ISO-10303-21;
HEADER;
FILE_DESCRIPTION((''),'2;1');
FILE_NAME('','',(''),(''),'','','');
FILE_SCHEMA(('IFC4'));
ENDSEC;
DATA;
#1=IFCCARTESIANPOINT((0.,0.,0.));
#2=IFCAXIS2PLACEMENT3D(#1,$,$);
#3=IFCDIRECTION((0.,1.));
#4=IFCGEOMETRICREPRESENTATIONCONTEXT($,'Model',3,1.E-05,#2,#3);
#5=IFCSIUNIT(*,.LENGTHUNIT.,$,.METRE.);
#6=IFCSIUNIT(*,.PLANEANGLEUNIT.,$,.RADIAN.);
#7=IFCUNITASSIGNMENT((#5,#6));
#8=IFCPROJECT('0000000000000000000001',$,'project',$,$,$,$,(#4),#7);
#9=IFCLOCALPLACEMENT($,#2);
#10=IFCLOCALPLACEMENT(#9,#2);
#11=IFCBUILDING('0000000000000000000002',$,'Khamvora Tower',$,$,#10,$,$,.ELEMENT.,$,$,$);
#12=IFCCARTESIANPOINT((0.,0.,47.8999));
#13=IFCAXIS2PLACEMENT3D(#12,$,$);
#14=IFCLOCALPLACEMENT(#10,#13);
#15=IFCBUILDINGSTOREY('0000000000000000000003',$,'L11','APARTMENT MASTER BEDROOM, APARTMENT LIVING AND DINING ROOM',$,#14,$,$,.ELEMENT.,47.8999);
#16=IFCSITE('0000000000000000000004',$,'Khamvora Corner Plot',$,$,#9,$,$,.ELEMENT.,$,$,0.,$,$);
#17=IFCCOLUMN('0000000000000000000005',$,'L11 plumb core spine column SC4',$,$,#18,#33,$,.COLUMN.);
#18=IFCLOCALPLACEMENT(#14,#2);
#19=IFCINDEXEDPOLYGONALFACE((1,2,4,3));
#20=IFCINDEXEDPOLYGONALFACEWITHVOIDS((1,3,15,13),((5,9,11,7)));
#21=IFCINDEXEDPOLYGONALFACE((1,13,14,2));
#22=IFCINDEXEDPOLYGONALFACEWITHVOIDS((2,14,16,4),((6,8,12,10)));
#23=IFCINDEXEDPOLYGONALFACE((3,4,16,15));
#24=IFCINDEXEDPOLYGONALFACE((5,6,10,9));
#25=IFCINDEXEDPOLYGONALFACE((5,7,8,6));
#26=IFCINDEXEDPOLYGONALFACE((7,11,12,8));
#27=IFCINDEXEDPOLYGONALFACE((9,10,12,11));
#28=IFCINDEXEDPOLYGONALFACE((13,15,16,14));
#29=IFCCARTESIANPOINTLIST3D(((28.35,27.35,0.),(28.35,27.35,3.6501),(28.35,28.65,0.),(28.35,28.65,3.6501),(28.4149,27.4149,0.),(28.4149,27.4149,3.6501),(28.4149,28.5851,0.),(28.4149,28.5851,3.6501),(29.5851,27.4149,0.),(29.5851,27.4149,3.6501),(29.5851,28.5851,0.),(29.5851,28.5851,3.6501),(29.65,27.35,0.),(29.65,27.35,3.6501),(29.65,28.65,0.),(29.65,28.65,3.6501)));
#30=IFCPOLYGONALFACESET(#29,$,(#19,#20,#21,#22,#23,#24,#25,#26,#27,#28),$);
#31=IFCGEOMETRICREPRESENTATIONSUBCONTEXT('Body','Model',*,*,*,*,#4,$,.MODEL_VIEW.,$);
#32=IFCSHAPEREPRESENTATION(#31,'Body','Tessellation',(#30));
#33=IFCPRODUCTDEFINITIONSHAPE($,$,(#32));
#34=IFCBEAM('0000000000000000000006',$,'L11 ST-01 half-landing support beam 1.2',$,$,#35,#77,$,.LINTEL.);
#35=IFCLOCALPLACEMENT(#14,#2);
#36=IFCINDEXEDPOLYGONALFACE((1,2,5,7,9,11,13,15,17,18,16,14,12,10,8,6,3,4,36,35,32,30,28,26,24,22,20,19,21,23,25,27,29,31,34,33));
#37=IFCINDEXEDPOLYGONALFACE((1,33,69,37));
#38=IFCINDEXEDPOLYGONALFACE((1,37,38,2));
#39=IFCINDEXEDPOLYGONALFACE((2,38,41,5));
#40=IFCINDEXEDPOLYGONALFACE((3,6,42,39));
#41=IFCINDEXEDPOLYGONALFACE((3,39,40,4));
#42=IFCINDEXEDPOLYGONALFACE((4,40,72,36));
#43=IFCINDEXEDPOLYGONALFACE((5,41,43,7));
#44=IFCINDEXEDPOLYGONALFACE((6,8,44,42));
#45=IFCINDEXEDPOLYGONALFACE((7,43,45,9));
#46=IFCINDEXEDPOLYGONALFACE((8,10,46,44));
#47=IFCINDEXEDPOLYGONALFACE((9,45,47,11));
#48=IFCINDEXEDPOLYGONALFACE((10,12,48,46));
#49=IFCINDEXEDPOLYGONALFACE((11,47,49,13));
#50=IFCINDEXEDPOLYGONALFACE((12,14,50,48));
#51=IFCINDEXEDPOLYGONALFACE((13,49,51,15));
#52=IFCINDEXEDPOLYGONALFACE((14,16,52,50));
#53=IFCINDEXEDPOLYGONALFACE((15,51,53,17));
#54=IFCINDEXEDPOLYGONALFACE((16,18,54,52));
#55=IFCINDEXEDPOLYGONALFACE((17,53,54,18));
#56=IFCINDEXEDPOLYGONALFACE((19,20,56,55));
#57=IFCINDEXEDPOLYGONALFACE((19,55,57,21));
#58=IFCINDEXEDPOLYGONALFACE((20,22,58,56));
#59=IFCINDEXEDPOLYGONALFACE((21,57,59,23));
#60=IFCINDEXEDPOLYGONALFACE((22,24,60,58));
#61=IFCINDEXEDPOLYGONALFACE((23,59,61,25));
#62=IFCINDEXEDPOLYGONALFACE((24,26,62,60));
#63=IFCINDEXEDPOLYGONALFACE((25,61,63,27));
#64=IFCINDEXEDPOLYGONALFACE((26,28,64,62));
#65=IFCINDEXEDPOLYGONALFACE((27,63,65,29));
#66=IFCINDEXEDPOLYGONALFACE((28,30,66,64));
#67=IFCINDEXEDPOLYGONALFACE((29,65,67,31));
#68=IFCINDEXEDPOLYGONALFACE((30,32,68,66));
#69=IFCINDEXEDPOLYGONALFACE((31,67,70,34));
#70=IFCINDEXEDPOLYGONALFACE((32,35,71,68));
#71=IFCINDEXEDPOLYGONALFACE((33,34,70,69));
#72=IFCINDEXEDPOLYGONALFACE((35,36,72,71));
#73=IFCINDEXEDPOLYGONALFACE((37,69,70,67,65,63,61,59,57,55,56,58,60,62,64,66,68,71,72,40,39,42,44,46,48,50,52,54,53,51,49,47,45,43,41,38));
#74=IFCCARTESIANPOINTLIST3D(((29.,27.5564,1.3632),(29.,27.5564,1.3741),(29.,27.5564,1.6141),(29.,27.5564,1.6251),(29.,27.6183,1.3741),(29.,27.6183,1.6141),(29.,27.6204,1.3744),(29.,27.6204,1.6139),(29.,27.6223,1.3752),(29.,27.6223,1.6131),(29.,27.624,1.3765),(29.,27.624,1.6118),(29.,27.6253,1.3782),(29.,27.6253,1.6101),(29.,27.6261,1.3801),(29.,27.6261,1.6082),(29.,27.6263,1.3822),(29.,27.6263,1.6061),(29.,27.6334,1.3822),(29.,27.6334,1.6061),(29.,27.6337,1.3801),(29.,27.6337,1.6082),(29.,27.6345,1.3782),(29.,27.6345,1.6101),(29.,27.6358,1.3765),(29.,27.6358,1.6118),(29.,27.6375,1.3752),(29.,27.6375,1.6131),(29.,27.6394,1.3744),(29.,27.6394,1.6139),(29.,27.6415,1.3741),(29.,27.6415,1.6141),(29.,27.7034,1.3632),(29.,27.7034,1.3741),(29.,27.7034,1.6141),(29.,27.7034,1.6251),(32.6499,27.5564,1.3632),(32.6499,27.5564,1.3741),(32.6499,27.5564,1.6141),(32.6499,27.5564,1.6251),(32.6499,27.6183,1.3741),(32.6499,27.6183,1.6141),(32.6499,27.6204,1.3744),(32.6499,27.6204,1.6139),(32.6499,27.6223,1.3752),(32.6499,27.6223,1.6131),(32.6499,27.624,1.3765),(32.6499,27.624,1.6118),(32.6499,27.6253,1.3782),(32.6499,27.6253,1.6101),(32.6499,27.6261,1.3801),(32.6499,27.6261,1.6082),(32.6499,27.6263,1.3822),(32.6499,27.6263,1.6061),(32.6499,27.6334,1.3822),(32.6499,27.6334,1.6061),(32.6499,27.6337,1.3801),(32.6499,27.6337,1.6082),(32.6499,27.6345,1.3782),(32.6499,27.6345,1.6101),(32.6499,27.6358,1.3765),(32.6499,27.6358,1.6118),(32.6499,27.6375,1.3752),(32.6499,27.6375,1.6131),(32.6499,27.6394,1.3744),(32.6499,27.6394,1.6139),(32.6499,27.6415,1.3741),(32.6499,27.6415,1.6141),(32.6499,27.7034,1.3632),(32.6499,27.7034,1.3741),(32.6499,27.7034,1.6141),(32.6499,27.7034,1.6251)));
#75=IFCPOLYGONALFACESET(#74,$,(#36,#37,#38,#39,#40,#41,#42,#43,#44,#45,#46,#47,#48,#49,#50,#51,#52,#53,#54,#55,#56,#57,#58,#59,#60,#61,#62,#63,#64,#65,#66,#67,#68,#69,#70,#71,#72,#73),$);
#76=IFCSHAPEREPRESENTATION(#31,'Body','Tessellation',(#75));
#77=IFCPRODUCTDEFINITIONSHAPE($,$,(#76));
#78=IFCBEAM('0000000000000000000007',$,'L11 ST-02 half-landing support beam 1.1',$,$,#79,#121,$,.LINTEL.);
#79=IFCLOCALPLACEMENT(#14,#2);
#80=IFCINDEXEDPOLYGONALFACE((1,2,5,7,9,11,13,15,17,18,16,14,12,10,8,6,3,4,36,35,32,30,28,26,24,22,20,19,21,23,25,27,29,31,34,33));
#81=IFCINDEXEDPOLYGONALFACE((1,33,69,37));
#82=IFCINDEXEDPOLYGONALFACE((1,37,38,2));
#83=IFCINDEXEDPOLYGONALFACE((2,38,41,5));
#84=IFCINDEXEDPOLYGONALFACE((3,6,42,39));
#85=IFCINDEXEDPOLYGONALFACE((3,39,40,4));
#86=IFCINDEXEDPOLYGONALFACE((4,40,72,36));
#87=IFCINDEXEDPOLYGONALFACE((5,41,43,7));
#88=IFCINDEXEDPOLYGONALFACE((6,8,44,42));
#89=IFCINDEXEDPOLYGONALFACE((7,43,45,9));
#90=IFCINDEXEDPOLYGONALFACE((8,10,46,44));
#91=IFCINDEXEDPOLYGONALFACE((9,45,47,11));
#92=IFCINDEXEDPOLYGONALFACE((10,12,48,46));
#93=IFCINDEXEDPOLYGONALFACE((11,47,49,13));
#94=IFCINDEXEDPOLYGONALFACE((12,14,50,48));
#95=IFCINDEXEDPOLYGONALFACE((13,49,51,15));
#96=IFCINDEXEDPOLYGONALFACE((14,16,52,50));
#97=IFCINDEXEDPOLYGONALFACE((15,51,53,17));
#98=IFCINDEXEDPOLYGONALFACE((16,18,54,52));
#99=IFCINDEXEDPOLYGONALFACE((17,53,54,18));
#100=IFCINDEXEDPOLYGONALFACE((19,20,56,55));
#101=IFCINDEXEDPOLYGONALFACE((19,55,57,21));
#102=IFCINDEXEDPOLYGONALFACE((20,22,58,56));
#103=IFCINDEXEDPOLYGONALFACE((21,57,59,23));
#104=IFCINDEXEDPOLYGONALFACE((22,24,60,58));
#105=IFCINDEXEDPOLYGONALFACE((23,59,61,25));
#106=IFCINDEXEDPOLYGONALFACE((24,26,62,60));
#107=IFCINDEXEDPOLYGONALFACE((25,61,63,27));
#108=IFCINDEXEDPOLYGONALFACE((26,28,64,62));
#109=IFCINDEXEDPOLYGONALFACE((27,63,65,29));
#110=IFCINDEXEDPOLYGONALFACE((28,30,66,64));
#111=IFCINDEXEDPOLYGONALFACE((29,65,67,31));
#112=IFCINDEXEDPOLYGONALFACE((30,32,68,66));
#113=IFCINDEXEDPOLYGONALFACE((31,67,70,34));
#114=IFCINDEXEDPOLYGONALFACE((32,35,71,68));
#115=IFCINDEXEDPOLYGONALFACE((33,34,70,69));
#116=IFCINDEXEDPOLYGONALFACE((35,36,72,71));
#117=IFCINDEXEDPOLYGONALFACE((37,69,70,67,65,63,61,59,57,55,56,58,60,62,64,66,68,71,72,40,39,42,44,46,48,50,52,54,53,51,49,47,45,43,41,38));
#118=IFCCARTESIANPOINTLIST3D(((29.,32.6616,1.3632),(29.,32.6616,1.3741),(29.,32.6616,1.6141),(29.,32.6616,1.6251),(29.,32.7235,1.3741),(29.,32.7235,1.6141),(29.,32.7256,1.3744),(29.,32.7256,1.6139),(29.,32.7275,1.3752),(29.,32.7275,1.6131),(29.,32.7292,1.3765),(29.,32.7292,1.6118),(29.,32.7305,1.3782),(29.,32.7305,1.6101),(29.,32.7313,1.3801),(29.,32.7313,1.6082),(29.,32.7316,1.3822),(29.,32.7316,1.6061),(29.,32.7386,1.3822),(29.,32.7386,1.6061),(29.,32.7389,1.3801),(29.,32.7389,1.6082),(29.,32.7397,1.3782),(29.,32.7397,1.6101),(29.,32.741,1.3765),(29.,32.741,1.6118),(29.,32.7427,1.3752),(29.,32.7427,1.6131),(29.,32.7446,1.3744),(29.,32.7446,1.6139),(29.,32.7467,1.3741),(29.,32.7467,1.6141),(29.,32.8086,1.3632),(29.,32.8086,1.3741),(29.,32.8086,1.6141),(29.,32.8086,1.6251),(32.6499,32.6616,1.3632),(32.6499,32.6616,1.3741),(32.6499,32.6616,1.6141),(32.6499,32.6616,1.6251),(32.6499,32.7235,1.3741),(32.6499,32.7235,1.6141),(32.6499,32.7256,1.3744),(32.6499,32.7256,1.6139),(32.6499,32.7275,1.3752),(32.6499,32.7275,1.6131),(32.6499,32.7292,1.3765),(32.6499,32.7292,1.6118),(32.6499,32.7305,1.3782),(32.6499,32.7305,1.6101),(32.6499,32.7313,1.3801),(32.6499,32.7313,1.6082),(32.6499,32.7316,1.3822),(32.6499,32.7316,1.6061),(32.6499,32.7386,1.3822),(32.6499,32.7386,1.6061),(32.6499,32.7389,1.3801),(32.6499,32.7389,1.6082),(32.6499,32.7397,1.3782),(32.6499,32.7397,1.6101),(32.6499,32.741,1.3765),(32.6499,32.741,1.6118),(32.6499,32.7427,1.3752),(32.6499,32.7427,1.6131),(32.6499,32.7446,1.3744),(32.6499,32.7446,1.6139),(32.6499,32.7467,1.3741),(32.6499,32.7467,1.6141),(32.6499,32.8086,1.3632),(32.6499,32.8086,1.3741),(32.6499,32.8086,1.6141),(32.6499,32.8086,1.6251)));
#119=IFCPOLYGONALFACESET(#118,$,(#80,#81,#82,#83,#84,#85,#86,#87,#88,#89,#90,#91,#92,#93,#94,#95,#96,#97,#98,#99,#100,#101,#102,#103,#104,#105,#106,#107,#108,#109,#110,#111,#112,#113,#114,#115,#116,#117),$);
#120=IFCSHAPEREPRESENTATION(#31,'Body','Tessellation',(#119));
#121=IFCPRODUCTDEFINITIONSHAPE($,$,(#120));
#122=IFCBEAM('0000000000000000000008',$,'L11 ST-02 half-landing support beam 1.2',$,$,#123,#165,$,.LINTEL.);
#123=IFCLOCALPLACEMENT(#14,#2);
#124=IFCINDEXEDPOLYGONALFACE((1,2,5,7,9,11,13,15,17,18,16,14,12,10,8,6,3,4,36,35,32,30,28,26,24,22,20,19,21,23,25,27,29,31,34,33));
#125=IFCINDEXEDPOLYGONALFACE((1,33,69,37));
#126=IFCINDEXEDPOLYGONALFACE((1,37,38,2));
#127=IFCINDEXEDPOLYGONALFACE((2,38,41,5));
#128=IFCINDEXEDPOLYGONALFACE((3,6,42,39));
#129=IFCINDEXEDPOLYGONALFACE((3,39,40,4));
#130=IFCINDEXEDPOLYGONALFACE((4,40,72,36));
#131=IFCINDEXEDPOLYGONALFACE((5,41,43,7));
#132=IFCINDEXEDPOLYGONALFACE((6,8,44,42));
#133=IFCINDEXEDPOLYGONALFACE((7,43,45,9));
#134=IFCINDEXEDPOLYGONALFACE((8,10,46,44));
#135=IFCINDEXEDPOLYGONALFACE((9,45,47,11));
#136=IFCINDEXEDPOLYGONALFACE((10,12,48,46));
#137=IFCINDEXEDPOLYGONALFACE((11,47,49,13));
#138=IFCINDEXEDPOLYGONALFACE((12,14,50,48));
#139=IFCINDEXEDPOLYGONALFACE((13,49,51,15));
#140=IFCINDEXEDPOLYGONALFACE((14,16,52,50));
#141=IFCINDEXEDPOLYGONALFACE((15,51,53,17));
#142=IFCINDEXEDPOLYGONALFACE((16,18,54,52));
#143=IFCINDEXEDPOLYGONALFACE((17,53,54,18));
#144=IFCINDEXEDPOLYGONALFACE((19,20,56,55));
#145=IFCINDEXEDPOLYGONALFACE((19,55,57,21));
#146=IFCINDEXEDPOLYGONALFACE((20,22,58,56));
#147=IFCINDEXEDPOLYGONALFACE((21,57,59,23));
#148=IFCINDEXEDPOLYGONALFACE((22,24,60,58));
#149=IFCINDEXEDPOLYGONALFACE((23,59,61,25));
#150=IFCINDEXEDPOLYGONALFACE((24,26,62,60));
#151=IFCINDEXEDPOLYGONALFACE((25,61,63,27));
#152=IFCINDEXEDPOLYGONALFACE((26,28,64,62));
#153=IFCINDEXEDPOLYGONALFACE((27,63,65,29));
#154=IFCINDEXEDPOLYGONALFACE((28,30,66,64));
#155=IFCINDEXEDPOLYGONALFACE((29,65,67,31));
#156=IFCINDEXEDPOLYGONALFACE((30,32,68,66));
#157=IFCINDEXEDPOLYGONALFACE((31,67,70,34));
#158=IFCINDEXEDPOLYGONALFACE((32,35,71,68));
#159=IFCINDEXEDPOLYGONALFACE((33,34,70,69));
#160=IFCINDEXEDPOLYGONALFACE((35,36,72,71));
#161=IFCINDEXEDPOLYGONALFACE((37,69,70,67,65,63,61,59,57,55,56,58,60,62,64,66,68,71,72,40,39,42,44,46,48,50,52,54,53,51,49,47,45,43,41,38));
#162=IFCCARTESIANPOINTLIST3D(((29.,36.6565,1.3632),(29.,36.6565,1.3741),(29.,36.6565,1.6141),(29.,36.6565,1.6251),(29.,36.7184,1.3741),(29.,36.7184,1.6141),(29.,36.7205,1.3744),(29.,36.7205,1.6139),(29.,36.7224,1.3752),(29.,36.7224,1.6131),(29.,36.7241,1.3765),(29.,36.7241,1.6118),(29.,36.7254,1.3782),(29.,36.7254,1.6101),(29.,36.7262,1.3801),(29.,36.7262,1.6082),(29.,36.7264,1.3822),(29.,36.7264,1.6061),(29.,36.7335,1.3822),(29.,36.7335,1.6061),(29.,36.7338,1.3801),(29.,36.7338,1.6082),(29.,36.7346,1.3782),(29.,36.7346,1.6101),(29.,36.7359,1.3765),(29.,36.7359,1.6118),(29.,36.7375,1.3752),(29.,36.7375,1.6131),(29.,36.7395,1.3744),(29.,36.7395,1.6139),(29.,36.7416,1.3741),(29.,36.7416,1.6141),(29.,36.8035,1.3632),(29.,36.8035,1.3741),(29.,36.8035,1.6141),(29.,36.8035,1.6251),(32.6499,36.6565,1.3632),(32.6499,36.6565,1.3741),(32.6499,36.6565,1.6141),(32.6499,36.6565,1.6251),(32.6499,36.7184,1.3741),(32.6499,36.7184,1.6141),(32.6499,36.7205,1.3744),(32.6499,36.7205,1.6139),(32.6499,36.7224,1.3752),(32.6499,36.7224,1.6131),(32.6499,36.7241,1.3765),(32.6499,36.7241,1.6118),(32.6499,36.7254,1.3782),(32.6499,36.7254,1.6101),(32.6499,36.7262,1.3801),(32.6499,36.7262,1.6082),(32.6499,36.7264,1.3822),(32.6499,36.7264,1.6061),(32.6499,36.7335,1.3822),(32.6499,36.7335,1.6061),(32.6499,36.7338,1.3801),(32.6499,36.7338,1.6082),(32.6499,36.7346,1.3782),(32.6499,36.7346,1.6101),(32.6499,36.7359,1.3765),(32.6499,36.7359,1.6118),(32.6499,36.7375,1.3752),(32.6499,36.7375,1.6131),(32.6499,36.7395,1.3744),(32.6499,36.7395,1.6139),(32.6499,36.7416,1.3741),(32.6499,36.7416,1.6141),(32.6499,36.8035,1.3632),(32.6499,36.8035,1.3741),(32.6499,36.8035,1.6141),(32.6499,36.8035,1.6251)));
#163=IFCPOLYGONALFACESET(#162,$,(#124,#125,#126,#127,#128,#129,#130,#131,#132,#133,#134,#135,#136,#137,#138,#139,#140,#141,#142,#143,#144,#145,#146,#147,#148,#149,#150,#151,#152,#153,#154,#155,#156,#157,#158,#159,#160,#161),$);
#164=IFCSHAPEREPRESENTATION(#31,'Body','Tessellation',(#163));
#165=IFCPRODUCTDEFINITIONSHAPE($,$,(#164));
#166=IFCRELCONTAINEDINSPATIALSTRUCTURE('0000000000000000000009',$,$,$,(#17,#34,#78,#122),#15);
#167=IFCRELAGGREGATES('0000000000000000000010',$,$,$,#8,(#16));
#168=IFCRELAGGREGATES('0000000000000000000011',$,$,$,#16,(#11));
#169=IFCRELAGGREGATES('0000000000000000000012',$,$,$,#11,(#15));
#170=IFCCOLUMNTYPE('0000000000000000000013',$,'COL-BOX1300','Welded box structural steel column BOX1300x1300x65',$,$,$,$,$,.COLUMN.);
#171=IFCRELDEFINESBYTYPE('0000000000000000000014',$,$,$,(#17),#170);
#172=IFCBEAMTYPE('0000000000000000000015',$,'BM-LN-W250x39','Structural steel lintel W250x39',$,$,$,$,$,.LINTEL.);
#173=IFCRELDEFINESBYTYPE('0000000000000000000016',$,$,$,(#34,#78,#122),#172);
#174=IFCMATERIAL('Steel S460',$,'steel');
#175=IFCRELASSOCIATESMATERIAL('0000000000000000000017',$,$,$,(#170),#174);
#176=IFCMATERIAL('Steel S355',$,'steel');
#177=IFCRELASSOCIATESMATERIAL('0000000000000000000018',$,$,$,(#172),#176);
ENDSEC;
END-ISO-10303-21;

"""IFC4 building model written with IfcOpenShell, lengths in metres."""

from ifc_helpers import new_model, si_unit, direction, frame, origin, origin_2d, place, context, subcontext, project, spatial, hollow_rectangle, i_section, extrude, material, material_profile, profile_set, type_object, element, save


model = new_model("IFC4")

# Units and contexts
model_context = context("Model", 3, precision=1e-05, world=origin(), true_north=direction((0.0, 1.0)))
body_context = subcontext(model_context, "Body", "Model", "MODEL_VIEW")
ifc_project = project(units=[si_unit("LENGTHUNIT", "METRE"), si_unit("PLANEANGLEUNIT", "RADIAN")], contexts=[model_context])

# Site, building, storey
site_placement = place(None, origin())
site = spatial("IfcSite", under=ifc_project, at=site_placement, Name="Khamvora Corner Plot", CompositionType="ELEMENT", RefElevation=0.0)
building_placement = place(site_placement, origin())
building = spatial("IfcBuilding", under=site, at=building_placement, Name="Khamvora Tower", CompositionType="ELEMENT")
storey_placement = place(building_placement, frame((0.0, 0.0, 47.8999)))
storey = spatial("IfcBuildingStorey", under=building, at=storey_placement, Name="L11", Description="APARTMENT MASTER BEDROOM, APARTMENT LIVING AND DINING ROOM", CompositionType="ELEMENT", Elevation=47.8999)

# Column
ifc_material_1 = material(Name="Steel S460", Category="steel")
ifc_material_profile_1 = material_profile(ifc_material_1, hollow_rectangle(XDim=1.3, YDim=1.3, WallThickness=0.0649, at=origin_2d()), Name="BOX1300x1300x65")
ifc_profile_set_1 = profile_set([ifc_material_profile_1], Name="Steel S460")
column_type = type_object("IfcColumnType", Name="COL-BOX1300", Description="Welded box structural steel column BOX1300x1300x65", PredefinedType="COLUMN", material=ifc_profile_set_1)
column_placement = place(storey_placement, frame((29.0, 28.0, 0.0), z_axis=(0.0, 0.0, 1.0), x_axis=(1.0, 0.0, 0.0)))
element("IfcColumn", 1, at=column_placement, inside=storey, type_object=column_type, Name="L11 plumb core spine column SC4", PredefinedType="COLUMN", context=body_context, shape_type="SweptSolid", body=[
    extrude(hollow_rectangle(XDim=1.3, YDim=1.3, WallThickness=0.0649, at=origin_2d()), origin(), (0.0, 0.0, 1.0), 3.6501),
])

# Beams
ifc_material_2 = material(Name="Steel S355", Category="steel")
ifc_material_profile_2 = material_profile(ifc_material_2, i_section(OverallWidth=0.147, OverallDepth=0.262, WebThickness=0.0071, FlangeThickness=0.011, FilletRadius=0.0081, at=origin_2d()), Name="W250x39")
ifc_profile_set_2 = profile_set([ifc_material_profile_2], Name="Steel S355")
beam_type_1 = type_object("IfcBeamType", Name="BM-LN-W250x39", Description="Structural steel lintel W250x39", PredefinedType="LINTEL", material=ifc_profile_set_2)
for number, where, z_axis, x_axis, name in (
    (2, (29.0, 27.6299, 1.4941), (1.0, 0.0, 0.0), (0.0, 1.0, 0.0), "L11 ST-01 half-landing support beam 1.2"),
    (3, (29.0, 32.7351, 1.4941), (1.0, 0.0, 0.0), (0.0, 1.0, 0.0), "L11 ST-02 half-landing support beam 1.1"),
    (4, (29.0, 36.73, 1.4941), (1.0, 0.0, 0.0), (0.0, 1.0, 0.0), "L11 ST-02 half-landing support beam 1.2"),
):
    element("IfcBeam", number, at=place(storey_placement, frame(where, z_axis=z_axis, x_axis=x_axis)), inside=storey, type_object=beam_type_1, Name=name, PredefinedType="LINTEL", context=body_context, shape_type="SweptSolid", body=[
        extrude(i_section(OverallWidth=0.147, OverallDepth=0.262, WebThickness=0.0071, FlangeThickness=0.011, FilletRadius=0.0081, at=origin_2d()), origin(), (0.0, 0.0, 1.0), 3.6499),
    ])

save(model, "model.ifc")
